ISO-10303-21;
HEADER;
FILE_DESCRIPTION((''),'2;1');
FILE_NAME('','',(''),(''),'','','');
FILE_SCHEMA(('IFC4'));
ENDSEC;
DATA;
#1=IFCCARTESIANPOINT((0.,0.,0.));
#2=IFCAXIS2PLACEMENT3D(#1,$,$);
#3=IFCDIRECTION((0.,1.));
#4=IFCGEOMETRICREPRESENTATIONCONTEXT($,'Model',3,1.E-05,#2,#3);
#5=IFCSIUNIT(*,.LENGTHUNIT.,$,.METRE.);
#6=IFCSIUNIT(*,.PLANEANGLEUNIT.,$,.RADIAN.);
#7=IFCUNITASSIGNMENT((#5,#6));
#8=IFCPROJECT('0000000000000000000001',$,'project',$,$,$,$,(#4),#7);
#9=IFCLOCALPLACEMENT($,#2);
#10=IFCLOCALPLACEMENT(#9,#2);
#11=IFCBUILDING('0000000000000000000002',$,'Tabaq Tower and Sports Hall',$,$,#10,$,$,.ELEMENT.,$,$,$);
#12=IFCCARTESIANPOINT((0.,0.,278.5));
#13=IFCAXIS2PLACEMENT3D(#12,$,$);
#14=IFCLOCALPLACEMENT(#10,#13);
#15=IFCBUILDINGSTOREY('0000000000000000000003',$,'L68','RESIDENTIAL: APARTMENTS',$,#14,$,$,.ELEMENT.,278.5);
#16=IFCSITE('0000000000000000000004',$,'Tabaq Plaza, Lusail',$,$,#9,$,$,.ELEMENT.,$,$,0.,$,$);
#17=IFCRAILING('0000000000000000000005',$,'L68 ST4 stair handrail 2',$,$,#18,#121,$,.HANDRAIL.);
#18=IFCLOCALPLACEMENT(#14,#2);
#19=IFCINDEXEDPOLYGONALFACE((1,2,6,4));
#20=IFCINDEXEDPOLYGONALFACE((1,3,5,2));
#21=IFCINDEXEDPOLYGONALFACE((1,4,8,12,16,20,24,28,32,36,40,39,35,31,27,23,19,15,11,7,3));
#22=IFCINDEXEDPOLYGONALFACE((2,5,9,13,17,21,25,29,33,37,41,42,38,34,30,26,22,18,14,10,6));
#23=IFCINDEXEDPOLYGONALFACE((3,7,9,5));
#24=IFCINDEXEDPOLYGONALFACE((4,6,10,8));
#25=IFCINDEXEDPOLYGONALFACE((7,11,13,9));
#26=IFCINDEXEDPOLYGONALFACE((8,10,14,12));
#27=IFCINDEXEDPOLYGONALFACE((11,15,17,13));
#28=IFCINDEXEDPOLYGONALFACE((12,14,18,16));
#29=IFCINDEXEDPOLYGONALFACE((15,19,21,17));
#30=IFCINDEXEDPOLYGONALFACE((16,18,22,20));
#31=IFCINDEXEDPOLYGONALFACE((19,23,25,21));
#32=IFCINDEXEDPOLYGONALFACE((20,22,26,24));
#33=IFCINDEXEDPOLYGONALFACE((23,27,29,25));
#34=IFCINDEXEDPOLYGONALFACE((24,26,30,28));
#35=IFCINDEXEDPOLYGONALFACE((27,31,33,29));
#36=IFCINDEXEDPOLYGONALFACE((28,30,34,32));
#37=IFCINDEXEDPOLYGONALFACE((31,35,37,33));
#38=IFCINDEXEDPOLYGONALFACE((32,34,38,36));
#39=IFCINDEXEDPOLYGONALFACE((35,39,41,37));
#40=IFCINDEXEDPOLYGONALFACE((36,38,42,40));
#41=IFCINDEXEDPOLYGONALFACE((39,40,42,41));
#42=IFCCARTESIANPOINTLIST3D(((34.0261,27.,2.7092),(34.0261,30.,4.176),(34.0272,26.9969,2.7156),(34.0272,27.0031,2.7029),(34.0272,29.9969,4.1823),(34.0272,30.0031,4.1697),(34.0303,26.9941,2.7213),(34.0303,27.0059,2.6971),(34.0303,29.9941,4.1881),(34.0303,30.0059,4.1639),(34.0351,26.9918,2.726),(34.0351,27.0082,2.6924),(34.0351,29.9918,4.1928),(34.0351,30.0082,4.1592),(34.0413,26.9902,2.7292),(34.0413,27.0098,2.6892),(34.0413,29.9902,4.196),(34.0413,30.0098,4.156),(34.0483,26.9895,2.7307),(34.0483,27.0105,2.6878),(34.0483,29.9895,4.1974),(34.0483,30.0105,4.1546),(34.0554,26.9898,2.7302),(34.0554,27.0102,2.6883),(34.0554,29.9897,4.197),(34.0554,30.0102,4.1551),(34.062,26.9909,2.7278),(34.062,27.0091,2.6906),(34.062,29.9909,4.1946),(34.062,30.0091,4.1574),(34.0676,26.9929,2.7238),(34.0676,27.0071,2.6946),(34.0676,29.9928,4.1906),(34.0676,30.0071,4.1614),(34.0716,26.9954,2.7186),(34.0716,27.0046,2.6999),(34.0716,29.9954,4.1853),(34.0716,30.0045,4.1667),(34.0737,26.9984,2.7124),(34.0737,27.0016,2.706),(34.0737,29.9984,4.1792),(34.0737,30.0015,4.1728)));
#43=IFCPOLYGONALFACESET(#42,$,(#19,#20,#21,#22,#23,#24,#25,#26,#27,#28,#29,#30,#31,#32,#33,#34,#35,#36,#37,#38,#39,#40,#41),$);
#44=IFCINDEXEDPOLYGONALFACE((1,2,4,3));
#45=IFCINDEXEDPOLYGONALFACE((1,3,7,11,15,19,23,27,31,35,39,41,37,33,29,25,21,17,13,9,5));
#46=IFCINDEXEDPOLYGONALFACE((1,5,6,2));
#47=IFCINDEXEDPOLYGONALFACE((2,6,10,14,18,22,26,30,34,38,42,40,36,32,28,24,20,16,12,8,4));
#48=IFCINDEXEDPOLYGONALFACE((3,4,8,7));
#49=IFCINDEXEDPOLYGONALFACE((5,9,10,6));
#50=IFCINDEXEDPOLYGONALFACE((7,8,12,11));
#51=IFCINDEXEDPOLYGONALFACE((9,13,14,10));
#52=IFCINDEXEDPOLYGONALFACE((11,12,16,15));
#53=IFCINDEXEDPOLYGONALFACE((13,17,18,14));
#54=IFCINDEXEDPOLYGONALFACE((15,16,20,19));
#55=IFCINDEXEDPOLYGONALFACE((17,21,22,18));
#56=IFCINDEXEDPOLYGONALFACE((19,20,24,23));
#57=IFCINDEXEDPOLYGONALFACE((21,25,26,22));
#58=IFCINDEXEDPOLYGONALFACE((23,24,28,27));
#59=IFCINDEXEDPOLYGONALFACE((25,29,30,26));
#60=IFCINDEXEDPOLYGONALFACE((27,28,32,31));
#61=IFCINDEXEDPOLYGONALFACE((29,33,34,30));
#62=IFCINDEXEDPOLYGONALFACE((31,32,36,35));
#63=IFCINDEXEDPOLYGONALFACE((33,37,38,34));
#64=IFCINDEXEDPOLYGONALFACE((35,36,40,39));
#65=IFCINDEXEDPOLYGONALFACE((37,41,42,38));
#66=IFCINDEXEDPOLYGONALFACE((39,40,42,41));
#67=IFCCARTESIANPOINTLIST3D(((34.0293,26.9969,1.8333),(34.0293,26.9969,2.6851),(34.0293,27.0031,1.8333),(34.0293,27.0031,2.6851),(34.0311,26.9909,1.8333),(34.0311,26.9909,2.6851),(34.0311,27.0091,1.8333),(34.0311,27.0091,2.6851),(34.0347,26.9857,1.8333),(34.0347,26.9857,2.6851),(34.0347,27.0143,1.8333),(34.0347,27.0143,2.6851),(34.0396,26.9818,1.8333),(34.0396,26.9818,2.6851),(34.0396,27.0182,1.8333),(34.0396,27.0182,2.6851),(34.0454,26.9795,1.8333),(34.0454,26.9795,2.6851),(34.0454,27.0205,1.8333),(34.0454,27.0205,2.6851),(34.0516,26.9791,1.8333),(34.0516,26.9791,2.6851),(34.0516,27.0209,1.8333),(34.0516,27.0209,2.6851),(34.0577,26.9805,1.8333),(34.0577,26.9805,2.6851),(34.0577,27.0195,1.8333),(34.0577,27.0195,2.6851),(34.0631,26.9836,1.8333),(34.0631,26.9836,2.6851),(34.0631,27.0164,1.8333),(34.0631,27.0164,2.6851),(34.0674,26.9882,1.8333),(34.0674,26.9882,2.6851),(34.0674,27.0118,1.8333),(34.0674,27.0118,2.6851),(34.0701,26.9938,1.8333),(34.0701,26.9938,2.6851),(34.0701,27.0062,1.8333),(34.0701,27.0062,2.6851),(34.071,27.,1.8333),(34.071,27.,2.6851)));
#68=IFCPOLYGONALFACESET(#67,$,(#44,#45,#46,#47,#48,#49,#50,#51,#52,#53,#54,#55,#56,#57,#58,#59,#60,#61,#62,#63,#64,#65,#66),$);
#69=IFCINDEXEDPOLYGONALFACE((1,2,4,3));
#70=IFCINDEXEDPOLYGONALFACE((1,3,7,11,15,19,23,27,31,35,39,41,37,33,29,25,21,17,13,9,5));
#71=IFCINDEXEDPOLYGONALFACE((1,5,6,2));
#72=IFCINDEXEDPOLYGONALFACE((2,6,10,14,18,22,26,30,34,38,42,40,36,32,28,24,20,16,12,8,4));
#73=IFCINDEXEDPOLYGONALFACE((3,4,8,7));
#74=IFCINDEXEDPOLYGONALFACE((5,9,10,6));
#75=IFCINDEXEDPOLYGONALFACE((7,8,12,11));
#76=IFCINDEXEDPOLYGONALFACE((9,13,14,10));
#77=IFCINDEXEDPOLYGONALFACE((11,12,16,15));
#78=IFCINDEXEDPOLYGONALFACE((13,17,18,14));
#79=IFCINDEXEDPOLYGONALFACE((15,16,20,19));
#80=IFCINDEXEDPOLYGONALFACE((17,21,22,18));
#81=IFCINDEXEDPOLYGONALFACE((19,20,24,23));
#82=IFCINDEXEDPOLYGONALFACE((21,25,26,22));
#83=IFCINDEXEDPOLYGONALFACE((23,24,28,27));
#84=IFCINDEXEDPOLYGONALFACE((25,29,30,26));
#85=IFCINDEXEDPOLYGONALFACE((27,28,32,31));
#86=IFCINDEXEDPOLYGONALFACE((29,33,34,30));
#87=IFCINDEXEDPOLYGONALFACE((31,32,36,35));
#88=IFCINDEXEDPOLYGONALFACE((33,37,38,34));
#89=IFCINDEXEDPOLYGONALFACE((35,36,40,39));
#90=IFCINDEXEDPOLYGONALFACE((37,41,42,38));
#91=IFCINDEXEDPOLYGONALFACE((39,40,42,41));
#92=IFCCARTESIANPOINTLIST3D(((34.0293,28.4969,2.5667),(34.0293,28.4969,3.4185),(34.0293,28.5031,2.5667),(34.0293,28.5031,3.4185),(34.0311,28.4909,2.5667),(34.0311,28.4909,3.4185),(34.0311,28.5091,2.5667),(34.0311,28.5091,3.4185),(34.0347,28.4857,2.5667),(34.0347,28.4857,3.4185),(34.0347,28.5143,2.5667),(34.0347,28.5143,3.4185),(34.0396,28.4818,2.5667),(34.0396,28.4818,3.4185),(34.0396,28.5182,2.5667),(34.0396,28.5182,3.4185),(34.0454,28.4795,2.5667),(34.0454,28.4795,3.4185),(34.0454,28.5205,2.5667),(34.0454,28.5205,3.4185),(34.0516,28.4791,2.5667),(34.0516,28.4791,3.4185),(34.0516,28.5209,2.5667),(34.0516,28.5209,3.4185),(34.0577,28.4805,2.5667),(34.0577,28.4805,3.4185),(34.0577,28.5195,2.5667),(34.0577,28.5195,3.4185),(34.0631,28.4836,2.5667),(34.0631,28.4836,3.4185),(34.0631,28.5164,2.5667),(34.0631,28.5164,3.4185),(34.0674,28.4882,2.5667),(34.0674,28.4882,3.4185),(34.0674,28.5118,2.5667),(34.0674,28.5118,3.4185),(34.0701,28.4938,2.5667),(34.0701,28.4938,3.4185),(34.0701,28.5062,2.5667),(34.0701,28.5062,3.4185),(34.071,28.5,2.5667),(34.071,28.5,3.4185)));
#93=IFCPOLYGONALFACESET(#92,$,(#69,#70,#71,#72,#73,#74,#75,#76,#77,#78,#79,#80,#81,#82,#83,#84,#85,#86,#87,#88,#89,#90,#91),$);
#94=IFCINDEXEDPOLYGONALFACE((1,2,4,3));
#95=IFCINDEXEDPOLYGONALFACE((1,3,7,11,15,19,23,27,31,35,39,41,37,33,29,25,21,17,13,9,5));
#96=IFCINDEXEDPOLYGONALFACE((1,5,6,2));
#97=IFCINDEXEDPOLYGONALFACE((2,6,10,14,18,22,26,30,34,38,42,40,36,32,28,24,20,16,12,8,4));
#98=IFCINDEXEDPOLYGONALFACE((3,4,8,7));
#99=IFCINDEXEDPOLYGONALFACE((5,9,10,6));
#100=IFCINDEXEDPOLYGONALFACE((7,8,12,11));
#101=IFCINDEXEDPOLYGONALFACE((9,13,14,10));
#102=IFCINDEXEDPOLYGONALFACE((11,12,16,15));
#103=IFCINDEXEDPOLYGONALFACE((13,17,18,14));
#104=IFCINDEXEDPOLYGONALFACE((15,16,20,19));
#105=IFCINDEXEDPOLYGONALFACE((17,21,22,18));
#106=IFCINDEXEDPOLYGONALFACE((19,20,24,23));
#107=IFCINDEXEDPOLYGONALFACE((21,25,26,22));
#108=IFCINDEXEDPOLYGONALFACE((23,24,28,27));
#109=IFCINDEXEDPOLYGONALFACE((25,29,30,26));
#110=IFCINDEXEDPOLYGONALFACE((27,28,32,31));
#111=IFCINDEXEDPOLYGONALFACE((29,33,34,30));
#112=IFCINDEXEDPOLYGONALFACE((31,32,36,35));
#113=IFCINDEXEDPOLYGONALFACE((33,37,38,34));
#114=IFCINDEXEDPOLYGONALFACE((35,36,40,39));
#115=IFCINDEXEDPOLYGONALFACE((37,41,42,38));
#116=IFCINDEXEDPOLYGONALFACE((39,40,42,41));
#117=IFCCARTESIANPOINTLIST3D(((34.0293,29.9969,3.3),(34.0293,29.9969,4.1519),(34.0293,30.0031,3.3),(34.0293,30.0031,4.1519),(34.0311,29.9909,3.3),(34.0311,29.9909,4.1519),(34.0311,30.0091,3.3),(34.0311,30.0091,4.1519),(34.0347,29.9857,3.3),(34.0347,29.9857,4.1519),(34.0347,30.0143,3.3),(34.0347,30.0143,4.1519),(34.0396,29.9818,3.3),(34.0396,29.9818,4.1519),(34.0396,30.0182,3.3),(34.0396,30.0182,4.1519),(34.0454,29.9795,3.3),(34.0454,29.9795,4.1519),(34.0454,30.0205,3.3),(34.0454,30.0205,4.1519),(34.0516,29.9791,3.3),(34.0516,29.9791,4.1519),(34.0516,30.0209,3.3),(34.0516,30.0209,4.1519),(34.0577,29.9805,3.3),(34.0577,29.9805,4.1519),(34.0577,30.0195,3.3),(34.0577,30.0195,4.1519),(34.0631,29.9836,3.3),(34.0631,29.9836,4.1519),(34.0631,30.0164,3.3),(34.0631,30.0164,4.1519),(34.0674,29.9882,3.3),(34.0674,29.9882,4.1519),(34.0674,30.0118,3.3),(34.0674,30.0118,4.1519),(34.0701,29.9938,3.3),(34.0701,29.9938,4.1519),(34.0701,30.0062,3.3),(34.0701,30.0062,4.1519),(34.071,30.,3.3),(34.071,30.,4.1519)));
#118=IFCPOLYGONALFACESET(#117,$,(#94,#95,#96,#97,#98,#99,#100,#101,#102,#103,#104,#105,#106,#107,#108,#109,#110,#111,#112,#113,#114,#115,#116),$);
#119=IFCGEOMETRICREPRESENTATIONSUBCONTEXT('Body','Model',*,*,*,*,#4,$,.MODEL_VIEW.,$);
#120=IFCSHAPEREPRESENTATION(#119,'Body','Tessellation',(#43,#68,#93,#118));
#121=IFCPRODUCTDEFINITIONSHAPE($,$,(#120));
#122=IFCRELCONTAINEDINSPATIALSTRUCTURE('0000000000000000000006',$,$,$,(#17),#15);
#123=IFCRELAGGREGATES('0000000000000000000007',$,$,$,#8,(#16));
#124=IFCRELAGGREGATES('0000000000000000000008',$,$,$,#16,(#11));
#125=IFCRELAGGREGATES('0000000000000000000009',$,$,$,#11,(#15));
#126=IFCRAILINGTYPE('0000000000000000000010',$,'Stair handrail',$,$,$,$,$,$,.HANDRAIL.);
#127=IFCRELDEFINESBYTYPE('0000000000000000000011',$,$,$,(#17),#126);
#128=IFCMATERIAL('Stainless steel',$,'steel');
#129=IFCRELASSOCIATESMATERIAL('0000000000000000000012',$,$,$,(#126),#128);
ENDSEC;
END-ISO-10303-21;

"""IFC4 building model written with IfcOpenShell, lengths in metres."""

from ifc_helpers import new_model, si_unit, direction, frame, origin, origin_2d, place, context, subcontext, project, spatial, circle, extrude, material, type_object, element, save


model = new_model("IFC4")

# Units and contexts
model_context = context("Model", 3, precision=1e-05, world=origin(), true_north=direction((0.0, 1.0)))
body_context = subcontext(model_context, "Body", "Model", "MODEL_VIEW")
ifc_project = project(units=[si_unit("LENGTHUNIT", "METRE"), si_unit("PLANEANGLEUNIT", "RADIAN")], contexts=[model_context])

# Site, building, storey
site_placement = place(None, origin())
site = spatial("IfcSite", under=ifc_project, at=site_placement, Name="Tabaq Plaza, Lusail", CompositionType="ELEMENT", RefElevation=0.0)
building_placement = place(site_placement, origin())
building = spatial("IfcBuilding", under=site, at=building_placement, Name="Tabaq Tower and Sports Hall", CompositionType="ELEMENT")
storey_placement = place(building_placement, frame((0.0, 0.0, 278.5)))
storey = spatial("IfcBuildingStorey", under=building, at=storey_placement, Name="L68", Description="RESIDENTIAL: APARTMENTS", CompositionType="ELEMENT", Elevation=278.5)

# Railing
ifc_material_1 = material(Name="Stainless steel", Category="steel")
railing_type_1 = type_object("IfcRailingType", Name="Stair handrail", PredefinedType="HANDRAIL", material=ifc_material_1)
railing_1_placement = place(storey_placement, frame((34.05, 27.0, 1.8333)))
element("IfcRailing", 1, at=railing_1_placement, inside=storey, type_object=railing_type_1, Name="L68 ST4 stair handrail 2", PredefinedType="HANDRAIL", context=body_context, shape_type="SweptSolid", body=[
    extrude(circle(Radius=0.0239, at=origin_2d()), frame((0.0, 0.0, 0.876), z_axis=(0.0, 0.898369, 0.439242), x_axis=(-1.0, 0.0, 0.0)), (0.0, 0.0, 1.0), 3.3394),
    extrude(circle(Radius=0.021, at=origin_2d()), origin(), (0.0, 0.0, 1.0), 0.8518),
    extrude(circle(Radius=0.021, at=origin_2d()), frame((0.0, 1.5, 0.7334)), (0.0, 0.0, 1.0), 0.8518),
    extrude(circle(Radius=0.021, at=origin_2d()), frame((0.0, 3.0, 1.4668)), (0.0, 0.0, 1.0), 0.8518),
])

save(model, "model.ifc")
